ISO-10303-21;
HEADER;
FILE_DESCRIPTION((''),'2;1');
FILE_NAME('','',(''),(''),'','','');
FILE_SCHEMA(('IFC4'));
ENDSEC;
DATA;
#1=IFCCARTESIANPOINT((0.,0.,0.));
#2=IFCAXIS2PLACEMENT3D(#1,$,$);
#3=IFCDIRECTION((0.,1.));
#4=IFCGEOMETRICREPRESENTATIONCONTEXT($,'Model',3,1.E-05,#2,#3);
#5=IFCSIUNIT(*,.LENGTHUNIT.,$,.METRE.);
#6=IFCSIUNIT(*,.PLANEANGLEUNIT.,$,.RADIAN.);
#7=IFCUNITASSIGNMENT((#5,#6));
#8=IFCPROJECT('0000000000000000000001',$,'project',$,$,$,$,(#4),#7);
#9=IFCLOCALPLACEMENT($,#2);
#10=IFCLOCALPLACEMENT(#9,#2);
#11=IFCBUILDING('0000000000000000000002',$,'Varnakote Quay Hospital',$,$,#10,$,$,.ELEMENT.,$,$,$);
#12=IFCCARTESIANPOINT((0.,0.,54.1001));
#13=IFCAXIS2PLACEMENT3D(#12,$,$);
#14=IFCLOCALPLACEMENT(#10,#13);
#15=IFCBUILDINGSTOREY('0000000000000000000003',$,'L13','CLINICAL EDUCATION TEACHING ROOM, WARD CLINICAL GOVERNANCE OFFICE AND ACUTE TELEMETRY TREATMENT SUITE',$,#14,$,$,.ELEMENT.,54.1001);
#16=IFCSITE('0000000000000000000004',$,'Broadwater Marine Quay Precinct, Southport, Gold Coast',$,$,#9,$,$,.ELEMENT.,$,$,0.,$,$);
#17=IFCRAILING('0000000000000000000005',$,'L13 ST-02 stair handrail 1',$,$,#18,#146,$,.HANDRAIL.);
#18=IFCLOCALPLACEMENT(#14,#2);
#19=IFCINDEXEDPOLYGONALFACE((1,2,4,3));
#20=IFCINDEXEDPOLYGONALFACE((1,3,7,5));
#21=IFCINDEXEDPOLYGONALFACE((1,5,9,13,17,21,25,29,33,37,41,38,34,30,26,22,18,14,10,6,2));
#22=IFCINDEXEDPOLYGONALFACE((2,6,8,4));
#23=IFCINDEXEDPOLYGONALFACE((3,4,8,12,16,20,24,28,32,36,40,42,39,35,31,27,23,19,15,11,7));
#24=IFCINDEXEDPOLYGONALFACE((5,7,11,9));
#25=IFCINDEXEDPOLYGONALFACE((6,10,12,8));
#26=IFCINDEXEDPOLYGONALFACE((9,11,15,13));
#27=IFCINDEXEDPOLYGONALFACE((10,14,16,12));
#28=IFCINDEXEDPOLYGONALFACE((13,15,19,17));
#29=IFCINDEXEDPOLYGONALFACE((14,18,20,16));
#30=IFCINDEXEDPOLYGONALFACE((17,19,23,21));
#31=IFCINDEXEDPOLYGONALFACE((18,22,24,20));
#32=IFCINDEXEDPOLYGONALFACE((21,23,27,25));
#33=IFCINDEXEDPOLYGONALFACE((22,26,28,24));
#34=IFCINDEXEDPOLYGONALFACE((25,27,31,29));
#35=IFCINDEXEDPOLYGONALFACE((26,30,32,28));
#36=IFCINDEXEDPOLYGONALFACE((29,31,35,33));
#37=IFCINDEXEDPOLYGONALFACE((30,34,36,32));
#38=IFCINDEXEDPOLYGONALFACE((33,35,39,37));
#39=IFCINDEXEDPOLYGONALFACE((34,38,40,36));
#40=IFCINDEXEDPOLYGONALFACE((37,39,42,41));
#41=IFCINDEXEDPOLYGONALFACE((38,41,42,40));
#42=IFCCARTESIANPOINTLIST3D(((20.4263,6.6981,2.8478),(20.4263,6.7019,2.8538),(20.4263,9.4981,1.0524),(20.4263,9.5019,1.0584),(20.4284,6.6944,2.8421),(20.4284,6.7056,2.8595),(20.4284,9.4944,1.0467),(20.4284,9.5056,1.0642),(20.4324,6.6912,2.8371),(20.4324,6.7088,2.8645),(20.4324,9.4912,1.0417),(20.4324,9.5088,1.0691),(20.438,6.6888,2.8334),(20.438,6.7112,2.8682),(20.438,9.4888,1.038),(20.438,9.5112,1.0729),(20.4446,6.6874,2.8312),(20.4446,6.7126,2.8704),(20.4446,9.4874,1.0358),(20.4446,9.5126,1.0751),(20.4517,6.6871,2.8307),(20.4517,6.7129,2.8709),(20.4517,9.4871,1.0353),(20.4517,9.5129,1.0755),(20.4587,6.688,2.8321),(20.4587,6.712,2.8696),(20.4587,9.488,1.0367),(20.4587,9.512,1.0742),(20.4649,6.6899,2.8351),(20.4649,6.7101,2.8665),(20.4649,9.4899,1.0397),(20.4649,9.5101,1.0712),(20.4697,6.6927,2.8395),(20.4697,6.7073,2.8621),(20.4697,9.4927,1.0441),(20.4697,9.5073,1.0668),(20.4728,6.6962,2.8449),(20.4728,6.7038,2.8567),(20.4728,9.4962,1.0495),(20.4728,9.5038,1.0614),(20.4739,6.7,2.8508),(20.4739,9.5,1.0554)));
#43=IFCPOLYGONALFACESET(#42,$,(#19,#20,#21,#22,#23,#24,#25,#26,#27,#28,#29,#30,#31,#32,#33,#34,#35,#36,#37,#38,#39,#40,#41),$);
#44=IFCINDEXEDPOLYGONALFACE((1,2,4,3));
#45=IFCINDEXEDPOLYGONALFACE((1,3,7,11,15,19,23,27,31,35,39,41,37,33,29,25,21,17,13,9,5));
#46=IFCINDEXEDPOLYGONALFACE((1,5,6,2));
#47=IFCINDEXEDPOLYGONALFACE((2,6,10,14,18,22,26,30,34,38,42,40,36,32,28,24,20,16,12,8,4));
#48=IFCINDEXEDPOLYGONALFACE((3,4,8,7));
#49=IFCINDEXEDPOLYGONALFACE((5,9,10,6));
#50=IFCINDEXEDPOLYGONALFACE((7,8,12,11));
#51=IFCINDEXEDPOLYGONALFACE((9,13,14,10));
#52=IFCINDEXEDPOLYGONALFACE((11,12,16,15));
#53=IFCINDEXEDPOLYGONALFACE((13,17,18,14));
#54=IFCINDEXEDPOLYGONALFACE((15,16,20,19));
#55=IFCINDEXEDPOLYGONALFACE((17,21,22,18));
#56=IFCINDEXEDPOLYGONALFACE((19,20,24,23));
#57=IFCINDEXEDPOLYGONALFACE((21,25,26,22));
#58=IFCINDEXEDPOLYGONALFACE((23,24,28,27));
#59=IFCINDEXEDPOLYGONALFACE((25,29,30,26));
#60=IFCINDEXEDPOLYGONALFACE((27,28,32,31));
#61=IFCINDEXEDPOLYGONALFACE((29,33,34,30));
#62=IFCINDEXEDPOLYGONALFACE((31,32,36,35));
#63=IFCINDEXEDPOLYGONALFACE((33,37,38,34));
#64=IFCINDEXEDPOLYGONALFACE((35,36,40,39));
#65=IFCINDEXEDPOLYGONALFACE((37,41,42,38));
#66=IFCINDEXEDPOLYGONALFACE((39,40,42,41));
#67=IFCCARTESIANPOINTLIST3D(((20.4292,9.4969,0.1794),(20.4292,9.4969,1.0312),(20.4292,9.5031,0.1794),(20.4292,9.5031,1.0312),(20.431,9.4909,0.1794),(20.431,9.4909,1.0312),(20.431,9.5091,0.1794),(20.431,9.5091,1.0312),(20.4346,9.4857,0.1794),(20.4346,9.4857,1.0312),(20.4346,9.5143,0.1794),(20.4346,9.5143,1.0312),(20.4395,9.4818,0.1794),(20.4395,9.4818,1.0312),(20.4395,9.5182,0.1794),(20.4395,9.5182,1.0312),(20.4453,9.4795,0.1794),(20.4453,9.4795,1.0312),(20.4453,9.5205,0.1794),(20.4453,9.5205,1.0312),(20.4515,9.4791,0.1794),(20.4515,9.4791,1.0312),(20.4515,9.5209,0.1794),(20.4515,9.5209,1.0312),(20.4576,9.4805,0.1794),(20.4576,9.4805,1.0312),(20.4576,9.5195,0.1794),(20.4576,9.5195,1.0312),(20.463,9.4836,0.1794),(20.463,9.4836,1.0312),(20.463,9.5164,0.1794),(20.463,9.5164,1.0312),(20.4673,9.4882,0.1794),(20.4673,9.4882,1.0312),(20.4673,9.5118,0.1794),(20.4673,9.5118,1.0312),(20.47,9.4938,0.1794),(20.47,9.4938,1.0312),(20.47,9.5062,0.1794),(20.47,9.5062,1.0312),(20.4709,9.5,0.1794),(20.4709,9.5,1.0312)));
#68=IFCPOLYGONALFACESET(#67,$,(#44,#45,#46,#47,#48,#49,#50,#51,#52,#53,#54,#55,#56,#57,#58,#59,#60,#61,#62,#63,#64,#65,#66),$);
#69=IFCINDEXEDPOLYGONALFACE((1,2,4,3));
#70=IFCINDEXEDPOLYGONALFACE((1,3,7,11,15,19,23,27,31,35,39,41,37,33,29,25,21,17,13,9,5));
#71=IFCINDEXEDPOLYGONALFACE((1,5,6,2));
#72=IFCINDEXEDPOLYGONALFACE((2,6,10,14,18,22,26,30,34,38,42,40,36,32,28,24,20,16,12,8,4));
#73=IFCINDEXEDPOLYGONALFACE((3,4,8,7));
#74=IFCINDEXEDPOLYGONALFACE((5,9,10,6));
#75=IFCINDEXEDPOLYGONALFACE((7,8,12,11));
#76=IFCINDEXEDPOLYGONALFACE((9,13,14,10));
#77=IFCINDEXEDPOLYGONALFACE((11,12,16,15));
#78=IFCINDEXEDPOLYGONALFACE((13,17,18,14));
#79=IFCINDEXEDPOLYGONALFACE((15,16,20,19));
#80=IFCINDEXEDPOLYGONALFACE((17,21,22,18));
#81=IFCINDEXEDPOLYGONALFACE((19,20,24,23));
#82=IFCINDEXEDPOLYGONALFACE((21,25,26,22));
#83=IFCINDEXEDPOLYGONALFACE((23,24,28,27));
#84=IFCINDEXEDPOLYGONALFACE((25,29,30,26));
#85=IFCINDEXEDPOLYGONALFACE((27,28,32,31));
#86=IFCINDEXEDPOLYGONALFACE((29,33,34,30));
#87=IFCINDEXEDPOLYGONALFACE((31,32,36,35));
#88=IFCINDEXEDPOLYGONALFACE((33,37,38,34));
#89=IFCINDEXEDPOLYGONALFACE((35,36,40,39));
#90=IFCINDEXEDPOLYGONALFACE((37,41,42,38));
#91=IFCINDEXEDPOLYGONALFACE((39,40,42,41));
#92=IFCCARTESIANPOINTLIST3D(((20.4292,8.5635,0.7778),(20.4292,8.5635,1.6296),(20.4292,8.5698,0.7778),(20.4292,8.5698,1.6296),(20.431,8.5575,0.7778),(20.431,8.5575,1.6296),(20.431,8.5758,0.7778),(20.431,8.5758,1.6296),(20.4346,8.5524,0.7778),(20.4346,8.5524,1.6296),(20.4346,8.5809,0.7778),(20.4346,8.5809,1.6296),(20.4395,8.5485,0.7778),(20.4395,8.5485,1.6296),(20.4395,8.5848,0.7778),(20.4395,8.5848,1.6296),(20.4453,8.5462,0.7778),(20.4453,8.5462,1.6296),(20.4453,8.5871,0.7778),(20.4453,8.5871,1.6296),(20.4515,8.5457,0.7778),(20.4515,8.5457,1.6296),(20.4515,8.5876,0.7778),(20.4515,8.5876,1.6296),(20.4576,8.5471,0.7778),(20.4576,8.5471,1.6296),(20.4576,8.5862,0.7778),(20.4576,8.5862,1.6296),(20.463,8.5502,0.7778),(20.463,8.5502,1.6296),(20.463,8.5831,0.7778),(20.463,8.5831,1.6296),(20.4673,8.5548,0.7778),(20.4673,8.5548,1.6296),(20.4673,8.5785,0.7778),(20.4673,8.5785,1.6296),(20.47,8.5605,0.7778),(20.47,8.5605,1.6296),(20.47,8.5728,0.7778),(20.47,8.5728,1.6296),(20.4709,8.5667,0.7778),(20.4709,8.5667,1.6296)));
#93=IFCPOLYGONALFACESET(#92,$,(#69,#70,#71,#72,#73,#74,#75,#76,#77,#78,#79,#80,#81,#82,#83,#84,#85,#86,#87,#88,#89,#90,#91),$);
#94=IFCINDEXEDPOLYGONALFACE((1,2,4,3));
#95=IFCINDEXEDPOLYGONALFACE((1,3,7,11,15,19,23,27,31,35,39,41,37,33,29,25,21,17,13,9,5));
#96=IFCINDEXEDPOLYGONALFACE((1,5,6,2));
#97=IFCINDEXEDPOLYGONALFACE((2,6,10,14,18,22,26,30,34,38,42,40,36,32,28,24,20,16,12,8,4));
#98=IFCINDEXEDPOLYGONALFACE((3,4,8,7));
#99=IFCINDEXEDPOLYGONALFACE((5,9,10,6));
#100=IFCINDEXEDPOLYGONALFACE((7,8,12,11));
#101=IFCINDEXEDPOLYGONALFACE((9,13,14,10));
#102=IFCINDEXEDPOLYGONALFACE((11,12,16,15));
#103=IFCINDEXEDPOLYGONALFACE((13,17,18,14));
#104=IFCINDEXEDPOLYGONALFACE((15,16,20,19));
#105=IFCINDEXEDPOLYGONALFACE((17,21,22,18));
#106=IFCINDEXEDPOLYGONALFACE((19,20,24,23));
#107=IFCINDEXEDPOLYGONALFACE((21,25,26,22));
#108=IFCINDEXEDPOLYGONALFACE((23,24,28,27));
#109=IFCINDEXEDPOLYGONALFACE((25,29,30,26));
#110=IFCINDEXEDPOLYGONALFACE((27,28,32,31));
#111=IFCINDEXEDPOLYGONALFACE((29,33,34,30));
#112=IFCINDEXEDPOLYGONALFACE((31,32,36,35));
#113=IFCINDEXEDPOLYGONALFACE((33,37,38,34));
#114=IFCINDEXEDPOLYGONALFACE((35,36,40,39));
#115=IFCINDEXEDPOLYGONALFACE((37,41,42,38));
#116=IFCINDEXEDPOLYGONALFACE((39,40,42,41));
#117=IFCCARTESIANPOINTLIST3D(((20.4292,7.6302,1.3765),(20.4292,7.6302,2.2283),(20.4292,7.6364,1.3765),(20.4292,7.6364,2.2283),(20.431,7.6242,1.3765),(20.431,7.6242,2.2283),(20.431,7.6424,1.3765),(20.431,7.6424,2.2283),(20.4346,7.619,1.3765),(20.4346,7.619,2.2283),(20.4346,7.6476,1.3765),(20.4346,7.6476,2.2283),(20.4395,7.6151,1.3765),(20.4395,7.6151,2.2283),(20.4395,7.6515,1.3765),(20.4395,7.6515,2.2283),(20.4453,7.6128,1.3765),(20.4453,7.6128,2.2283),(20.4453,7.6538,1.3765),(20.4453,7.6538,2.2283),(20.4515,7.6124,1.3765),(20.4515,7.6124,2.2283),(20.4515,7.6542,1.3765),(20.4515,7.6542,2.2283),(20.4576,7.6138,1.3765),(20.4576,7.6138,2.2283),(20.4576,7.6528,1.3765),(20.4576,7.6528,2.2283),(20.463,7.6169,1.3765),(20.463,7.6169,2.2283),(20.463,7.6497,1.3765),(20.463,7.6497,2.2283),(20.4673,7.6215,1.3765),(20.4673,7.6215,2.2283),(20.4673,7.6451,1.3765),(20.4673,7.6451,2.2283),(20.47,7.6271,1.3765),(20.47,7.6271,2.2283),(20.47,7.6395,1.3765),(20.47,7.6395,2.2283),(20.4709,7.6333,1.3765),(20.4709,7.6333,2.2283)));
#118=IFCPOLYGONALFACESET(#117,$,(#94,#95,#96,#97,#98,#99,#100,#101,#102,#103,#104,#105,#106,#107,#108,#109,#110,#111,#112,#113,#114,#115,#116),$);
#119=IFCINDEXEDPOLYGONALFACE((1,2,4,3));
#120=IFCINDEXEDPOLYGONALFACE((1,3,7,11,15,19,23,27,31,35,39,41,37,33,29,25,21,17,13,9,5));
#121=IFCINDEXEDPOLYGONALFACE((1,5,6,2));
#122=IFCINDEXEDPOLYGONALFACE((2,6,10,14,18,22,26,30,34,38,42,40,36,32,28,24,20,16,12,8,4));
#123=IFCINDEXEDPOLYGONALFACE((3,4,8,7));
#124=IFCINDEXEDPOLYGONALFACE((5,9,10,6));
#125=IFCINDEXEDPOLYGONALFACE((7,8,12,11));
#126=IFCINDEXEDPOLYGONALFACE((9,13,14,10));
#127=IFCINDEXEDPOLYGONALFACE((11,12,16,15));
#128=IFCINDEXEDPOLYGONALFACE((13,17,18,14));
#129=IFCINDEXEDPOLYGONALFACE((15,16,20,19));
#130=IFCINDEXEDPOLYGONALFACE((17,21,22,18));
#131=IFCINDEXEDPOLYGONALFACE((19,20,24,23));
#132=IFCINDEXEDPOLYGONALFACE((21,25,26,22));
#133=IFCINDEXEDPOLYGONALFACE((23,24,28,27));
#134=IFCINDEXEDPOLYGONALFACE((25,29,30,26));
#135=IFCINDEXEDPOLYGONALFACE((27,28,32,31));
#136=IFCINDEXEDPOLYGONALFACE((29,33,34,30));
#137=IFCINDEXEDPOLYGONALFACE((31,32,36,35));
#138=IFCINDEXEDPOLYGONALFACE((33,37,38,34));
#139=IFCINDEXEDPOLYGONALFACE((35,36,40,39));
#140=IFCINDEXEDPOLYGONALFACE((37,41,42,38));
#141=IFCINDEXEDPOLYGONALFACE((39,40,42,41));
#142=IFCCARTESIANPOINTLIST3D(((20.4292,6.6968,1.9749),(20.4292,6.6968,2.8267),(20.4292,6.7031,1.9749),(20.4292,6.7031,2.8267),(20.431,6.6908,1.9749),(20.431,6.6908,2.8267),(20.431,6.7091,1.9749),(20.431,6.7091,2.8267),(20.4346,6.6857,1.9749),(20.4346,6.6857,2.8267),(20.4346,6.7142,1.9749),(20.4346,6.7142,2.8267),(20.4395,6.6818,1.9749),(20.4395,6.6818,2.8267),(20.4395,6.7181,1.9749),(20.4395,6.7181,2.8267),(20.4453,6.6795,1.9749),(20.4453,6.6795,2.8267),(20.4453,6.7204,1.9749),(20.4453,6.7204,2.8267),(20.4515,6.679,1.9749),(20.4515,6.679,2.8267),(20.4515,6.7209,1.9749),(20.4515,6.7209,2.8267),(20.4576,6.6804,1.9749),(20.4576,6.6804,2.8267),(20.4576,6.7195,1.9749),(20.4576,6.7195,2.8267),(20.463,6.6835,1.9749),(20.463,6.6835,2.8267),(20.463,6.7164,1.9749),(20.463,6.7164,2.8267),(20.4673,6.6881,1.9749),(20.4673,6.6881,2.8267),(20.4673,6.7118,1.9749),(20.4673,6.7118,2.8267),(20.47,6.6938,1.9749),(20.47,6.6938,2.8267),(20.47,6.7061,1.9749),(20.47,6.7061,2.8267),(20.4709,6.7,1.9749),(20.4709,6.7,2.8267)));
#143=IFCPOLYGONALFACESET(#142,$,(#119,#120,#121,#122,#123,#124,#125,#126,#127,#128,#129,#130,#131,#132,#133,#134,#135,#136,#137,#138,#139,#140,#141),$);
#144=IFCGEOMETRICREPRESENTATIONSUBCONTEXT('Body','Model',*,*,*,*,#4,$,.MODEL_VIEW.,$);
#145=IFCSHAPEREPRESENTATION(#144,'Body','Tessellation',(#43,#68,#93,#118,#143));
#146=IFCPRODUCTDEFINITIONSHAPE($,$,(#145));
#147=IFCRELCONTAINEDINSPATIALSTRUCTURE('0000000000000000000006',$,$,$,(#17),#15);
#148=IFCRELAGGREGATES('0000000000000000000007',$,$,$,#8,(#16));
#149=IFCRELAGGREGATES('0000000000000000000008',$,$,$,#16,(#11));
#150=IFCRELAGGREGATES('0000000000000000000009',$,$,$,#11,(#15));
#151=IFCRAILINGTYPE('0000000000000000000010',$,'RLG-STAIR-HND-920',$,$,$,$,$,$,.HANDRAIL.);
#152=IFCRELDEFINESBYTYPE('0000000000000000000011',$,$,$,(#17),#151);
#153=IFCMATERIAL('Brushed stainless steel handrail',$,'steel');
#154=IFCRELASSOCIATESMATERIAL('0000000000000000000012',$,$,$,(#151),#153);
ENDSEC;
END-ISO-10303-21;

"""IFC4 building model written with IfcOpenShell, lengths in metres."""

from ifc_helpers import new_model, si_unit, direction, frame, origin, origin_2d, place, context, subcontext, project, spatial, circle, extrude, material, type_object, element, save


model = new_model("IFC4")

# Units and contexts
model_context = context("Model", 3, precision=1e-05, world=origin(), true_north=direction((0.0, 1.0)))
body_context = subcontext(model_context, "Body", "Model", "MODEL_VIEW")
ifc_project = project(units=[si_unit("LENGTHUNIT", "METRE"), si_unit("PLANEANGLEUNIT", "RADIAN")], contexts=[model_context])

# Site, building, storey
site_placement = place(None, origin())
site = spatial("IfcSite", under=ifc_project, at=site_placement, Name="Broadwater Marine Quay Precinct, Southport, Gold Coast", CompositionType="ELEMENT", RefElevation=0.0)
building_placement = place(site_placement, origin())
building = spatial("IfcBuilding", under=site, at=building_placement, Name="Varnakote Quay Hospital", CompositionType="ELEMENT")
storey_placement = place(building_placement, frame((0.0, 0.0, 54.1001)))
storey = spatial("IfcBuildingStorey", under=building, at=storey_placement, Name="L13", Description="CLINICAL EDUCATION TEACHING ROOM, WARD CLINICAL GOVERNANCE OFFICE AND ACUTE TELEMETRY TREATMENT SUITE", CompositionType="ELEMENT", Elevation=54.1001)

# Railing
ifc_material_1 = material(Name="Brushed stainless steel handrail", Category="steel")
railing_type_1 = type_object("IfcRailingType", Name="RLG-STAIR-HND-920", PredefinedType="HANDRAIL", material=ifc_material_1)
railing_1_placement = place(storey_placement, frame((20.45, 9.5, 0.1794)))
element("IfcRailing", 1, at=railing_1_placement, inside=storey, type_object=railing_type_1, Name="L13 ST-02 stair handrail 1", PredefinedType="HANDRAIL", context=body_context, shape_type="SweptSolid", body=[
    extrude(circle(Radius=0.0239, at=origin_2d()), frame((0.0, 0.0, 0.876), z_axis=(0.0, -0.84181, 0.539774), x_axis=(1.0, 0.0, 0.0)), (0.0, 0.0, 1.0), 3.3262),
    extrude(circle(Radius=0.021, at=origin_2d()), origin(), (0.0, 0.0, 1.0), 0.8518),
    extrude(circle(Radius=0.021, at=origin_2d()), frame((0.0, -0.9333, 0.5984)), (0.0, 0.0, 1.0), 0.8518),
    extrude(circle(Radius=0.021, at=origin_2d()), frame((0.0, -1.8667, 1.197)), (0.0, 0.0, 1.0), 0.8518),
    extrude(circle(Radius=0.021, at=origin_2d()), frame((0.0, -2.8, 1.7954)), (0.0, 0.0, 1.0), 0.8518),
])

save(model, "model.ifc")
